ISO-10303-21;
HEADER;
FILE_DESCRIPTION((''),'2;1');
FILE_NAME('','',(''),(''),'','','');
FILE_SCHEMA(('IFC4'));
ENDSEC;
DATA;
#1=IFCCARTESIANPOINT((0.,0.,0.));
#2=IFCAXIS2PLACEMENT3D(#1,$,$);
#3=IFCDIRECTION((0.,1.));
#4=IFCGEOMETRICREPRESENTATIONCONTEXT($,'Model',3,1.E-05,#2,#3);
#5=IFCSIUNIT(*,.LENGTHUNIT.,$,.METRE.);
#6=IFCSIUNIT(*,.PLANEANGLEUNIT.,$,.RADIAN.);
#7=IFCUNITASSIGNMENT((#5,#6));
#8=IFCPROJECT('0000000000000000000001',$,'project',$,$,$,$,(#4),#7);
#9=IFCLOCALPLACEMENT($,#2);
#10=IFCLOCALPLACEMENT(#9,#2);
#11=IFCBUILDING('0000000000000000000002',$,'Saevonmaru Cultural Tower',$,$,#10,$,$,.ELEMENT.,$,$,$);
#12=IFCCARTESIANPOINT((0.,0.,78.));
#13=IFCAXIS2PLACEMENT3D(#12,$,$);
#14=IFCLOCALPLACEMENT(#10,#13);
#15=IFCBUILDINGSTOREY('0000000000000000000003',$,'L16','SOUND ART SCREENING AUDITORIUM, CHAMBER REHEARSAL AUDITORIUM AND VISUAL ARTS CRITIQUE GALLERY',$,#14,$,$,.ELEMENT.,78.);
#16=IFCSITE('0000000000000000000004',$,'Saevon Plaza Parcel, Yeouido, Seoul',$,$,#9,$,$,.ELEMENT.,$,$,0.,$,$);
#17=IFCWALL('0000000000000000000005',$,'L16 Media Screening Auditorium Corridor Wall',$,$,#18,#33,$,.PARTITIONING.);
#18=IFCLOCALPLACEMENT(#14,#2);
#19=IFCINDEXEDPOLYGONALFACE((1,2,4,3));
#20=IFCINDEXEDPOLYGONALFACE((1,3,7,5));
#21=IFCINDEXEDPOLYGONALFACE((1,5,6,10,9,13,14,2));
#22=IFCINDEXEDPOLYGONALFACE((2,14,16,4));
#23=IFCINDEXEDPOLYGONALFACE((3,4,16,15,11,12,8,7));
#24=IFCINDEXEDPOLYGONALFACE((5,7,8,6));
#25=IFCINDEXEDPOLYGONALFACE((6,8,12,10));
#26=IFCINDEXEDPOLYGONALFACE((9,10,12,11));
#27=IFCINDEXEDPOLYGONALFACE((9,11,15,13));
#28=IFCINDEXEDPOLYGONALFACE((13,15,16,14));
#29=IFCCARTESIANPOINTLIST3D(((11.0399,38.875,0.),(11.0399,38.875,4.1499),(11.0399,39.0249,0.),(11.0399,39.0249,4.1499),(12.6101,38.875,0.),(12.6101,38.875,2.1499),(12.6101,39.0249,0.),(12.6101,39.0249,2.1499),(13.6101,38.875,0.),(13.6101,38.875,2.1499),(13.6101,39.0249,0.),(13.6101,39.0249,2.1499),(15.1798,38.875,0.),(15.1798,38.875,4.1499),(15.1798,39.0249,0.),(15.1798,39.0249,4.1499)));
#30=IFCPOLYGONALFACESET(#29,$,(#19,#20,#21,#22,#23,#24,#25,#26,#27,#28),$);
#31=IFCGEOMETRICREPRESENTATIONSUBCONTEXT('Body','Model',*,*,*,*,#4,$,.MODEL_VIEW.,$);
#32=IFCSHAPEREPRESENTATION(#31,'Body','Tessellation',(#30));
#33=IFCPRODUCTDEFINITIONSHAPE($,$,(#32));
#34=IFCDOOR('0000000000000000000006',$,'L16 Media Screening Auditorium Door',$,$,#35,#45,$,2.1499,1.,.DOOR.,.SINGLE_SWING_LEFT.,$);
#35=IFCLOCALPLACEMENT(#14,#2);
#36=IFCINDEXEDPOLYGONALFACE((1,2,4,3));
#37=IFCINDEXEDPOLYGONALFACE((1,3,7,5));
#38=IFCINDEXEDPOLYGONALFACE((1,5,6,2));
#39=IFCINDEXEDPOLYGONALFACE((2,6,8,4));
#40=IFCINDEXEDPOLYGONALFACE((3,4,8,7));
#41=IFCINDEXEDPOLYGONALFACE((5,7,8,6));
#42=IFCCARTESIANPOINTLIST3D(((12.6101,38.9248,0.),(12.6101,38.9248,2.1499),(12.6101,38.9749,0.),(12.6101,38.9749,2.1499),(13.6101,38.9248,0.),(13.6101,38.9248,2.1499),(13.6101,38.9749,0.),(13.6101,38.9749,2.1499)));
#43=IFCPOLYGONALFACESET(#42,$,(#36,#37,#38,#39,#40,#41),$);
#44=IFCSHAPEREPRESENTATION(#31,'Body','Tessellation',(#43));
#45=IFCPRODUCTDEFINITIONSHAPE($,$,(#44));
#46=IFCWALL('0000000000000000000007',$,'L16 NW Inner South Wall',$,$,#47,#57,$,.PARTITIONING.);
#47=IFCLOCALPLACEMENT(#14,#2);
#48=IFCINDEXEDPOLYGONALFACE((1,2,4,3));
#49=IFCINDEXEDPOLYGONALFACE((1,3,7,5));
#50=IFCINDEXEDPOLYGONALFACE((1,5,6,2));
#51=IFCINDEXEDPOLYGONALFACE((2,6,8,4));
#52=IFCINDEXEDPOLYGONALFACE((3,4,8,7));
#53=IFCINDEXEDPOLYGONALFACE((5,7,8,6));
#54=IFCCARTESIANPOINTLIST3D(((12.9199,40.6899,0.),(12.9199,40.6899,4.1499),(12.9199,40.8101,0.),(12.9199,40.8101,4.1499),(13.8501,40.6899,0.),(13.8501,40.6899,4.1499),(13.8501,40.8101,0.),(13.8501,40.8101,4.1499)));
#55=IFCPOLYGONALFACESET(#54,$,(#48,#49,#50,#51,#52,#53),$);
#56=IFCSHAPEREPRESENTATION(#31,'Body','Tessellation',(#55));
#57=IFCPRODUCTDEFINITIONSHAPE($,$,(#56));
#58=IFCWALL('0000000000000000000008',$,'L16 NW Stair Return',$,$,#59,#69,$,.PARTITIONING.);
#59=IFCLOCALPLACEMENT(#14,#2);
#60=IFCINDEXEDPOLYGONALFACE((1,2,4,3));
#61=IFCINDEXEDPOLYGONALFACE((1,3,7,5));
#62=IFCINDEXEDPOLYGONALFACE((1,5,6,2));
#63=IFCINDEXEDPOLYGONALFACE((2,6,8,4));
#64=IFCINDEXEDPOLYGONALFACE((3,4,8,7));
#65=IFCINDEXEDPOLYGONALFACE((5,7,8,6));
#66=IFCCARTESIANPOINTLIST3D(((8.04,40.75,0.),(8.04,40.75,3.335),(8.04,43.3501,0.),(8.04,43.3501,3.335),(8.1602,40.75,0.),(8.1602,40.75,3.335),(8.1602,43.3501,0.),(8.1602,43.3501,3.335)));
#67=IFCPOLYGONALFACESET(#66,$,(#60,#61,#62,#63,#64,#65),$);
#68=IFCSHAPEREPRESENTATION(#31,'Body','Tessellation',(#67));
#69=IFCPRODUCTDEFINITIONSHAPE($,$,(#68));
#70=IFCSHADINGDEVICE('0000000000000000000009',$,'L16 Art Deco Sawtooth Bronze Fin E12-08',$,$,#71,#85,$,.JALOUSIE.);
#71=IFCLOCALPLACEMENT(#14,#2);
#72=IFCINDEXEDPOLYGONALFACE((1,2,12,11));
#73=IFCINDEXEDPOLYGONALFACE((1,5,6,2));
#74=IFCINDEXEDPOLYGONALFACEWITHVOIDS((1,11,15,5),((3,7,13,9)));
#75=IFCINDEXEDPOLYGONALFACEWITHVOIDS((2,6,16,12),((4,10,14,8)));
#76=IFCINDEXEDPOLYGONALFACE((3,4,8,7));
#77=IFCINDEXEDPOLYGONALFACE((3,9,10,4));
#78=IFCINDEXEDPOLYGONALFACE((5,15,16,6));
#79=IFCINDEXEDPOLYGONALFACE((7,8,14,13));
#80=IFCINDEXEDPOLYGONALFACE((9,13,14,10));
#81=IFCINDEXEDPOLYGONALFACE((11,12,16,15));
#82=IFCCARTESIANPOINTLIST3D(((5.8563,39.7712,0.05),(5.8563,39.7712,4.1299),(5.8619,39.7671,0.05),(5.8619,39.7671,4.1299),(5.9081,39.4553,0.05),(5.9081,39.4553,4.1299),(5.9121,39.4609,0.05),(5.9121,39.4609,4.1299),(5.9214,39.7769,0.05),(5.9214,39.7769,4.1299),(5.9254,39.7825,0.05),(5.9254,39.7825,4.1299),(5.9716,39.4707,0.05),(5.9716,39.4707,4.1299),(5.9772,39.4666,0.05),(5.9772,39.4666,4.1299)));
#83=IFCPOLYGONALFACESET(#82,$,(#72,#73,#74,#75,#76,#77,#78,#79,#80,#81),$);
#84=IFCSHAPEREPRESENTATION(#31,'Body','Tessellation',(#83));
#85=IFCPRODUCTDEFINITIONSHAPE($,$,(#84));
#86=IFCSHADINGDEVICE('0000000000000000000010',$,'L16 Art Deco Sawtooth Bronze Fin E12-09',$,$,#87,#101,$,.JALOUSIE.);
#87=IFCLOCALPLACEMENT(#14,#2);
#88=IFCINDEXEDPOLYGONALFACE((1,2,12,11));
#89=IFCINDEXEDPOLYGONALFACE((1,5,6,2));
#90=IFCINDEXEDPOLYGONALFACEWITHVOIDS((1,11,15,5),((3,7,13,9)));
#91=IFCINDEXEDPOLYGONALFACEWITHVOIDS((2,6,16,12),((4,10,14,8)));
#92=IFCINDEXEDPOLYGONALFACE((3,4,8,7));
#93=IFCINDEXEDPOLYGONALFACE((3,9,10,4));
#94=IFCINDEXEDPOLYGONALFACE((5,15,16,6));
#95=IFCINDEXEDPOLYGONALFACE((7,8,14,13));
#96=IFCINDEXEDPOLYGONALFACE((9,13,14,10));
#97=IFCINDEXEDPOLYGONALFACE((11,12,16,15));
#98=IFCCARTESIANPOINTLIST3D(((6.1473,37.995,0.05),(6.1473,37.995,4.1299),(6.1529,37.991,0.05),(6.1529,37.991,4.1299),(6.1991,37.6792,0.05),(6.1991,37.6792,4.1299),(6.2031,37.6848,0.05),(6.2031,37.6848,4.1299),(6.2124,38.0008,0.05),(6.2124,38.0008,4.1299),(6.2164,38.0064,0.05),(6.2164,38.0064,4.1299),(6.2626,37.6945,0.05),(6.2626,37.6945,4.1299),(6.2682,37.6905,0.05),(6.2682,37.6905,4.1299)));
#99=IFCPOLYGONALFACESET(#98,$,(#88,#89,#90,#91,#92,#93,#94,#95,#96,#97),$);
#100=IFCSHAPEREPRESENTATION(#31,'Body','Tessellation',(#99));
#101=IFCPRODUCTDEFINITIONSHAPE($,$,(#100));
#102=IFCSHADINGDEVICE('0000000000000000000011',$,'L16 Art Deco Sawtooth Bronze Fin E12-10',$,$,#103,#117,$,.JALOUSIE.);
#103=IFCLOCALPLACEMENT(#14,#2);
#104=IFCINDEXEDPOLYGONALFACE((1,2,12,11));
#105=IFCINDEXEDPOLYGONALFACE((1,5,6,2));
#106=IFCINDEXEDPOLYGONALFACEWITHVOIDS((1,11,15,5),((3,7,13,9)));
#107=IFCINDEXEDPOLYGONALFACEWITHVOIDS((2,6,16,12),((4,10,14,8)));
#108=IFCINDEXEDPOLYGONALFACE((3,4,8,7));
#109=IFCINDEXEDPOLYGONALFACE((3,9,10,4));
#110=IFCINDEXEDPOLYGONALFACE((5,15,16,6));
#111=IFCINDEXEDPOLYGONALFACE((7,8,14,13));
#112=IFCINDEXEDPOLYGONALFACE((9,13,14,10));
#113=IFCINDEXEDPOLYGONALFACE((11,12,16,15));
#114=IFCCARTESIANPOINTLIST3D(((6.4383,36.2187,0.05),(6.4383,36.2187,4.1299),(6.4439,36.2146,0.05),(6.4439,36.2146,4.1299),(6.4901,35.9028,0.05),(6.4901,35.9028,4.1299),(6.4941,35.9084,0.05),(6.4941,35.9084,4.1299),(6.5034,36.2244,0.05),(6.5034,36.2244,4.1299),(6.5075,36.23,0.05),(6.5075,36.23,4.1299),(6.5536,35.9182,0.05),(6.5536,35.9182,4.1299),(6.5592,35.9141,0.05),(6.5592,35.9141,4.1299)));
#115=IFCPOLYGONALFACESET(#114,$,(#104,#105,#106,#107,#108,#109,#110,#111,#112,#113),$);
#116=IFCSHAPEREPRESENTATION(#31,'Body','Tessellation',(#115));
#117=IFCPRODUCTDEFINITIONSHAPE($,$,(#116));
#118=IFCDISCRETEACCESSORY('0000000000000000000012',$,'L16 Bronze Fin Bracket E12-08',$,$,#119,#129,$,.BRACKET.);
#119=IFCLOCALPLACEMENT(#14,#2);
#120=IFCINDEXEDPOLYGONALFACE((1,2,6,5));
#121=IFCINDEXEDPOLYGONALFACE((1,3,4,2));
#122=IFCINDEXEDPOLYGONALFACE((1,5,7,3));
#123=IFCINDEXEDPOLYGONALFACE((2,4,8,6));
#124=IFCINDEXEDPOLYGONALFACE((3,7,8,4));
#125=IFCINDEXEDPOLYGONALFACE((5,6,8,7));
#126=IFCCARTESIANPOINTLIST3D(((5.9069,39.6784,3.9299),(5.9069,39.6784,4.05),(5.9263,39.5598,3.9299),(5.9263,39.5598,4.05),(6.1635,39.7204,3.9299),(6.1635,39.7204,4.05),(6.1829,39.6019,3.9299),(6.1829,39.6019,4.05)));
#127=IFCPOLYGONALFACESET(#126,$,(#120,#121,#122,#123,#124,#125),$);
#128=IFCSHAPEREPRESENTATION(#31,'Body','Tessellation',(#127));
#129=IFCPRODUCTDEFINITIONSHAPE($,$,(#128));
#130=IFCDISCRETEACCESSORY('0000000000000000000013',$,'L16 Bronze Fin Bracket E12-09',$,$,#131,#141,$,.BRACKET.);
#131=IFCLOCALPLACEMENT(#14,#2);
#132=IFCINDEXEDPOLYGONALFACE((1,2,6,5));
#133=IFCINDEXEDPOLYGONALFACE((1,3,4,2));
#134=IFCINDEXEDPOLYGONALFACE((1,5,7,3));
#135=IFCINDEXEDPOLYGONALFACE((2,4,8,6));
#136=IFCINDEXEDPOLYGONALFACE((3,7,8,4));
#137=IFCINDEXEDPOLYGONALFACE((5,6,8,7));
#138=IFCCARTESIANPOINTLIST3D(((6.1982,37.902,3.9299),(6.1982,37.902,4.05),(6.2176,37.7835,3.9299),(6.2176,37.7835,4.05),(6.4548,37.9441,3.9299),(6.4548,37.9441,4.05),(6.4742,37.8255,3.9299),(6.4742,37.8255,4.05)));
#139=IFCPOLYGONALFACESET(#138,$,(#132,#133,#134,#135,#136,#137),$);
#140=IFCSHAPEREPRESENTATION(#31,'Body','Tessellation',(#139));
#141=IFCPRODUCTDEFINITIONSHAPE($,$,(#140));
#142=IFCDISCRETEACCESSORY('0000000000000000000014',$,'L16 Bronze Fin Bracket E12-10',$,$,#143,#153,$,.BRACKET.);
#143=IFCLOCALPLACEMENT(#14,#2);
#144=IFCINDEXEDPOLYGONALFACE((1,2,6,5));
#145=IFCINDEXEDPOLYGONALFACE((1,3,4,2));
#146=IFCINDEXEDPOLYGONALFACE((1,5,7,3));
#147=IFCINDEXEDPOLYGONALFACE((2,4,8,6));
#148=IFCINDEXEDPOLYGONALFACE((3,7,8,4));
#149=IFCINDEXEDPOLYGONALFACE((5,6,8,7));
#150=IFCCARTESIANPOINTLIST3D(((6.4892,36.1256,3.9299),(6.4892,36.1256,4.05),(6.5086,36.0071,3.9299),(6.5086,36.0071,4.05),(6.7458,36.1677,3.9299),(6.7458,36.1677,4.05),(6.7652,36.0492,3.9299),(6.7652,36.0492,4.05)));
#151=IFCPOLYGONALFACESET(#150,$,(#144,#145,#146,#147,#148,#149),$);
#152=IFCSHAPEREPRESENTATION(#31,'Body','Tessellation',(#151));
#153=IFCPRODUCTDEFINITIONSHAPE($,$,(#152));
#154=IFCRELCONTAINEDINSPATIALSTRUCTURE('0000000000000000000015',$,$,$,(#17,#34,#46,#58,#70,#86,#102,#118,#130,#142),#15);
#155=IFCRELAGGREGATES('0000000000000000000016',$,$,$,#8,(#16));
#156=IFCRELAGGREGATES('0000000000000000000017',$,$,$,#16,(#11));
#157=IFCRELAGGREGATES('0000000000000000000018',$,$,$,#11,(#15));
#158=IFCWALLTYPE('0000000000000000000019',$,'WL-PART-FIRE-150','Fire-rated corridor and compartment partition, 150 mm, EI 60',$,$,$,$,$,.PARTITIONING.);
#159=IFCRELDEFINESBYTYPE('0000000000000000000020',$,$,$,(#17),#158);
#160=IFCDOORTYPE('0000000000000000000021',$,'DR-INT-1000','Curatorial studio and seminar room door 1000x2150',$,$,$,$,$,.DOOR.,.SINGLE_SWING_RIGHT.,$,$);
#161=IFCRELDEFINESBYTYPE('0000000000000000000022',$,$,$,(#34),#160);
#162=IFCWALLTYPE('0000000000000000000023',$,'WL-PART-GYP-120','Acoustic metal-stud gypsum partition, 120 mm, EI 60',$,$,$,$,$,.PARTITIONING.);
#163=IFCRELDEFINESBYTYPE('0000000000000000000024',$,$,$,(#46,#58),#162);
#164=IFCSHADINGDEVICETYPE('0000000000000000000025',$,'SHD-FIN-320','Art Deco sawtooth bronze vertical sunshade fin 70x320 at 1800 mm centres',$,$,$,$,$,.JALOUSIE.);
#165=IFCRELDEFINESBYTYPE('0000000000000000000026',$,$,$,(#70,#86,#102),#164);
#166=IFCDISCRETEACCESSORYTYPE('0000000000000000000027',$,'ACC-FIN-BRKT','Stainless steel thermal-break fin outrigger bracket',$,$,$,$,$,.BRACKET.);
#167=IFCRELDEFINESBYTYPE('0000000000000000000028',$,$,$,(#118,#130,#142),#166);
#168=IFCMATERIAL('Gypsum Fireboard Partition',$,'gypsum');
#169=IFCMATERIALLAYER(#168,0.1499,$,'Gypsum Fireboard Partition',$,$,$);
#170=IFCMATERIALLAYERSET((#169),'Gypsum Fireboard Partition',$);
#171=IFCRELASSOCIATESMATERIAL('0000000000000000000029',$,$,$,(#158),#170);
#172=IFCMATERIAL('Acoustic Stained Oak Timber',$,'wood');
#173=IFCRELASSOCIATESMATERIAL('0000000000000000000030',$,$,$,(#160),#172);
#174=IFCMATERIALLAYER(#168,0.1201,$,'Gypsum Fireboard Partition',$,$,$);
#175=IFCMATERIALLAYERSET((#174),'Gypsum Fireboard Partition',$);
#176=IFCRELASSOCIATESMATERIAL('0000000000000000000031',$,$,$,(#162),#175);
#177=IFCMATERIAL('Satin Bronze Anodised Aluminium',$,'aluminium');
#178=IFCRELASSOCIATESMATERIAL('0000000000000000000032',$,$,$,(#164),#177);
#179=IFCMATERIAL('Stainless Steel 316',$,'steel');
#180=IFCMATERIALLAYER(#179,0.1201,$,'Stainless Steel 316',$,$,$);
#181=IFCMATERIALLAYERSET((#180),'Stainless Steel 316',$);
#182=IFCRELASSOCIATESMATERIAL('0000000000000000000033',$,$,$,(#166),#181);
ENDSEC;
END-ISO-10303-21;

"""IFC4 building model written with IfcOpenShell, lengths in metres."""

from ifc_helpers import new_model, si_unit, direction, frame, frame_2d, origin, origin_2d, place, context, subcontext, project, spatial, rectangle, hollow_rectangle, extrude, material, layer, layer_set, material_profile, profile_set, type_object, element, fill, save


model = new_model("IFC4")

# Units and contexts
model_context = context("Model", 3, precision=1e-05, world=origin(), true_north=direction((0.0, 1.0)))
body_context = subcontext(model_context, "Body", "Model", "MODEL_VIEW")
ifc_project = project(units=[si_unit("LENGTHUNIT", "METRE"), si_unit("PLANEANGLEUNIT", "RADIAN")], contexts=[model_context])

# Site, building, storey
site_placement = place(None, origin())
site = spatial("IfcSite", under=ifc_project, at=site_placement, Name="Saevon Plaza Parcel, Yeouido, Seoul", CompositionType="ELEMENT", RefElevation=0.0)
building_placement = place(site_placement, origin())
building = spatial("IfcBuilding", under=site, at=building_placement, Name="Saevonmaru Cultural Tower", CompositionType="ELEMENT")
storey_placement = place(building_placement, frame((0.0, 0.0, 78.0)))
storey = spatial("IfcBuildingStorey", under=building, at=storey_placement, Name="L16", Description="SOUND ART SCREENING AUDITORIUM, CHAMBER REHEARSAL AUDITORIUM AND VISUAL ARTS CRITIQUE GALLERY", CompositionType="ELEMENT", Elevation=78.0)

# Shared definitions
ifc_material_1 = material(Name="Gypsum Fireboard Partition", Category="gypsum")
ifc_layer_1 = layer(ifc_material_1, 0.1499, Name="Gypsum Fireboard Partition")
ifc_layer_set_1 = layer_set([ifc_layer_1], Name="Gypsum Fireboard Partition")
wall_type_1 = type_object("IfcWallType", Name="WL-PART-FIRE-150", Description="Fire-rated corridor and compartment partition, 150 mm, EI 60", PredefinedType="PARTITIONING", material=ifc_layer_set_1)

# Wall, opening, door
ifc_material_2 = material(Name="Acoustic Stained Oak Timber", Category="wood")
door_type = type_object("IfcDoorType", Name="DR-INT-1000", Description="Curatorial studio and seminar room door 1000x2150", OperationType="SINGLE_SWING_RIGHT", PredefinedType="DOOR", material=ifc_material_2)
wall_1_placement = place(storey_placement, frame((11.04, 38.95, 0.0), z_axis=(0.0, 0.0, 1.0), x_axis=(1.0, 0.0, 0.0)))
wall_1 = element("IfcWall", 1, at=wall_1_placement, inside=storey, type_object=wall_type_1, Name="L16 Media Screening Auditorium Corridor Wall", PredefinedType="PARTITIONING", context=body_context, shape_type="SweptSolid", body=[
    extrude(rectangle(XDim=4.1399, YDim=0.1499, at=frame_2d((2.0698, 0.0))), origin(), (0.0, 0.0, 1.0), 4.1499),
])
opening_1_placement = place(wall_1_placement, frame((1.5701, 0.0, 0.0)))
opening_1 = element("IfcOpeningElement", 2, at=opening_1_placement, cuts=wall_1, PredefinedType="OPENING", context=body_context, shape_type="SweptSolid", body=[
    extrude(rectangle(XDim=1.0, YDim=2.1499, at=frame_2d((0.5, 1.075))), frame((0.0, 0.085, 0.0), z_axis=(0.0, -1.0, 0.0), x_axis=(1.0, 0.0, 0.0)), (0.0, 0.0, 1.0), 0.1699),
])
door_1_placement = place(opening_1_placement, origin())
door_1 = element("IfcDoor", 3, at=door_1_placement, inside=storey, type_object=door_type, Name="L16 Media Screening Auditorium Door", OperationType="SINGLE_SWING_LEFT", OverallHeight=2.1499, OverallWidth=1.0, PredefinedType="DOOR", context=body_context, shape_type="SweptSolid", body=[
    extrude(rectangle(XDim=1.0, YDim=2.1499, at=frame_2d((0.5, 1.075))), frame((0.0, 0.0249, 0.0), z_axis=(0.0, -1.0, 0.0), x_axis=(1.0, 0.0, 0.0)), (0.0, 0.0, 1.0), 0.05),
])
fill(opening_1, door_1)

# Walls
ifc_layer_2 = layer(ifc_material_1, 0.1201, Name="Gypsum Fireboard Partition")
ifc_layer_set_2 = layer_set([ifc_layer_2], Name="Gypsum Fireboard Partition")
wall_type_2 = type_object("IfcWallType", Name="WL-PART-GYP-120", Description="Acoustic metal-stud gypsum partition, 120 mm, EI 60", PredefinedType="PARTITIONING", material=ifc_layer_set_2)
wall_2_placement = place(storey_placement, frame((12.9199, 40.75, 0.0), z_axis=(0.0, 0.0, 1.0), x_axis=(1.0, 0.0, 0.0)))
element("IfcWall", 4, at=wall_2_placement, inside=storey, type_object=wall_type_2, Name="L16 NW Inner South Wall", PredefinedType="PARTITIONING", context=body_context, shape_type="SweptSolid", body=[
    extrude(rectangle(XDim=0.9302, YDim=0.1201, at=frame_2d((0.4651, 0.0))), origin(), (0.0, 0.0, 1.0), 4.1499),
])
wall_3_placement = place(storey_placement, frame((8.1001, 40.75, 0.0), z_axis=(0.0, 0.0, 1.0), x_axis=(0.0, 1.0, 0.0)))
element("IfcWall", 5, at=wall_3_placement, inside=storey, type_object=wall_type_2, Name="L16 NW Stair Return", PredefinedType="PARTITIONING", context=body_context, shape_type="SweptSolid", body=[
    extrude(rectangle(XDim=2.6001, YDim=0.1201, at=frame_2d((1.3, 0.0))), origin(), (0.0, 0.0, 1.0), 3.335),
])

# Shading devices
ifc_material_3 = material(Name="Satin Bronze Anodised Aluminium", Category="aluminium")
ifc_material_profile_1 = material_profile(ifc_material_3, hollow_rectangle(XDim=0.0701, YDim=0.3201, WallThickness=0.0049, at=origin_2d()), Name="FIN-320x70")
ifc_profile_set_1 = profile_set([ifc_material_profile_1], Name="Satin Bronze Anodised Aluminium")
shading_device_type = type_object("IfcShadingDeviceType", Name="SHD-FIN-320", Description="Art Deco sawtooth bronze vertical sunshade fin 70x320 at 1800 mm centres", PredefinedType="JALOUSIE", material=ifc_profile_set_1)
for number, where, z_axis, x_axis, name in (
    (6, (5.9167, 39.6189, 0.05), (0.0, 0.0, 1.0), (-0.986827, -0.161776, 0.0), "L16 Art Deco Sawtooth Bronze Fin E12-08"),
    (7, (6.2078, 37.8428, 0.05), (0.0, 0.0, 1.0), (-0.986827, -0.161776, 0.0), "L16 Art Deco Sawtooth Bronze Fin E12-09"),
    (8, (6.4988, 36.0664, 0.05), (0.0, 0.0, 1.0), (-0.986827, -0.161776, 0.0), "L16 Art Deco Sawtooth Bronze Fin E12-10"),
):
    element("IfcShadingDevice", number, at=place(storey_placement, frame(where, z_axis=z_axis, x_axis=x_axis)), inside=storey, type_object=shading_device_type, Name=name, PredefinedType="JALOUSIE", context=body_context, shape_type="SweptSolid", body=[
        extrude(hollow_rectangle(XDim=0.0701, YDim=0.3201, WallThickness=0.0049, at=origin_2d()), origin(), (0.0, 0.0, 1.0), 4.0798),
    ])

# Discrete accessories
ifc_material_4 = material(Name="Stainless Steel 316", Category="steel")
ifc_layer_3 = layer(ifc_material_4, 0.1201, Name="Stainless Steel 316")
ifc_layer_set_3 = layer_set([ifc_layer_3], Name="Stainless Steel 316")
discrete_accessory_type = type_object("IfcDiscreteAccessoryType", Name="ACC-FIN-BRKT", Description="Stainless steel thermal-break fin outrigger bracket", PredefinedType="BRACKET", material=ifc_layer_set_3)
for number, where, z_axis, x_axis, name in (
    (9, (6.0449, 39.6401, 3.9299), (0.0, 0.0, 1.0), (-0.986827, -0.161776, 0.0), "L16 Bronze Fin Bracket E12-08"),
    (10, (6.3362, 37.8638, 3.9299), (0.0, 0.0, 1.0), (-0.986827, -0.161776, 0.0), "L16 Bronze Fin Bracket E12-09"),
    (11, (6.6272, 36.0874, 3.9299), (0.0, 0.0, 1.0), (-0.986827, -0.161776, 0.0), "L16 Bronze Fin Bracket E12-10"),
):
    element("IfcDiscreteAccessory", number, at=place(storey_placement, frame(where, z_axis=z_axis, x_axis=x_axis)), inside=storey, type_object=discrete_accessory_type, Name=name, PredefinedType="BRACKET", context=body_context, shape_type="SweptSolid", body=[
        extrude(rectangle(XDim=0.26, YDim=0.1201, at=origin_2d()), origin(), (0.0, 0.0, 1.0), 0.1201),
    ])

save(model, "model.ifc")
